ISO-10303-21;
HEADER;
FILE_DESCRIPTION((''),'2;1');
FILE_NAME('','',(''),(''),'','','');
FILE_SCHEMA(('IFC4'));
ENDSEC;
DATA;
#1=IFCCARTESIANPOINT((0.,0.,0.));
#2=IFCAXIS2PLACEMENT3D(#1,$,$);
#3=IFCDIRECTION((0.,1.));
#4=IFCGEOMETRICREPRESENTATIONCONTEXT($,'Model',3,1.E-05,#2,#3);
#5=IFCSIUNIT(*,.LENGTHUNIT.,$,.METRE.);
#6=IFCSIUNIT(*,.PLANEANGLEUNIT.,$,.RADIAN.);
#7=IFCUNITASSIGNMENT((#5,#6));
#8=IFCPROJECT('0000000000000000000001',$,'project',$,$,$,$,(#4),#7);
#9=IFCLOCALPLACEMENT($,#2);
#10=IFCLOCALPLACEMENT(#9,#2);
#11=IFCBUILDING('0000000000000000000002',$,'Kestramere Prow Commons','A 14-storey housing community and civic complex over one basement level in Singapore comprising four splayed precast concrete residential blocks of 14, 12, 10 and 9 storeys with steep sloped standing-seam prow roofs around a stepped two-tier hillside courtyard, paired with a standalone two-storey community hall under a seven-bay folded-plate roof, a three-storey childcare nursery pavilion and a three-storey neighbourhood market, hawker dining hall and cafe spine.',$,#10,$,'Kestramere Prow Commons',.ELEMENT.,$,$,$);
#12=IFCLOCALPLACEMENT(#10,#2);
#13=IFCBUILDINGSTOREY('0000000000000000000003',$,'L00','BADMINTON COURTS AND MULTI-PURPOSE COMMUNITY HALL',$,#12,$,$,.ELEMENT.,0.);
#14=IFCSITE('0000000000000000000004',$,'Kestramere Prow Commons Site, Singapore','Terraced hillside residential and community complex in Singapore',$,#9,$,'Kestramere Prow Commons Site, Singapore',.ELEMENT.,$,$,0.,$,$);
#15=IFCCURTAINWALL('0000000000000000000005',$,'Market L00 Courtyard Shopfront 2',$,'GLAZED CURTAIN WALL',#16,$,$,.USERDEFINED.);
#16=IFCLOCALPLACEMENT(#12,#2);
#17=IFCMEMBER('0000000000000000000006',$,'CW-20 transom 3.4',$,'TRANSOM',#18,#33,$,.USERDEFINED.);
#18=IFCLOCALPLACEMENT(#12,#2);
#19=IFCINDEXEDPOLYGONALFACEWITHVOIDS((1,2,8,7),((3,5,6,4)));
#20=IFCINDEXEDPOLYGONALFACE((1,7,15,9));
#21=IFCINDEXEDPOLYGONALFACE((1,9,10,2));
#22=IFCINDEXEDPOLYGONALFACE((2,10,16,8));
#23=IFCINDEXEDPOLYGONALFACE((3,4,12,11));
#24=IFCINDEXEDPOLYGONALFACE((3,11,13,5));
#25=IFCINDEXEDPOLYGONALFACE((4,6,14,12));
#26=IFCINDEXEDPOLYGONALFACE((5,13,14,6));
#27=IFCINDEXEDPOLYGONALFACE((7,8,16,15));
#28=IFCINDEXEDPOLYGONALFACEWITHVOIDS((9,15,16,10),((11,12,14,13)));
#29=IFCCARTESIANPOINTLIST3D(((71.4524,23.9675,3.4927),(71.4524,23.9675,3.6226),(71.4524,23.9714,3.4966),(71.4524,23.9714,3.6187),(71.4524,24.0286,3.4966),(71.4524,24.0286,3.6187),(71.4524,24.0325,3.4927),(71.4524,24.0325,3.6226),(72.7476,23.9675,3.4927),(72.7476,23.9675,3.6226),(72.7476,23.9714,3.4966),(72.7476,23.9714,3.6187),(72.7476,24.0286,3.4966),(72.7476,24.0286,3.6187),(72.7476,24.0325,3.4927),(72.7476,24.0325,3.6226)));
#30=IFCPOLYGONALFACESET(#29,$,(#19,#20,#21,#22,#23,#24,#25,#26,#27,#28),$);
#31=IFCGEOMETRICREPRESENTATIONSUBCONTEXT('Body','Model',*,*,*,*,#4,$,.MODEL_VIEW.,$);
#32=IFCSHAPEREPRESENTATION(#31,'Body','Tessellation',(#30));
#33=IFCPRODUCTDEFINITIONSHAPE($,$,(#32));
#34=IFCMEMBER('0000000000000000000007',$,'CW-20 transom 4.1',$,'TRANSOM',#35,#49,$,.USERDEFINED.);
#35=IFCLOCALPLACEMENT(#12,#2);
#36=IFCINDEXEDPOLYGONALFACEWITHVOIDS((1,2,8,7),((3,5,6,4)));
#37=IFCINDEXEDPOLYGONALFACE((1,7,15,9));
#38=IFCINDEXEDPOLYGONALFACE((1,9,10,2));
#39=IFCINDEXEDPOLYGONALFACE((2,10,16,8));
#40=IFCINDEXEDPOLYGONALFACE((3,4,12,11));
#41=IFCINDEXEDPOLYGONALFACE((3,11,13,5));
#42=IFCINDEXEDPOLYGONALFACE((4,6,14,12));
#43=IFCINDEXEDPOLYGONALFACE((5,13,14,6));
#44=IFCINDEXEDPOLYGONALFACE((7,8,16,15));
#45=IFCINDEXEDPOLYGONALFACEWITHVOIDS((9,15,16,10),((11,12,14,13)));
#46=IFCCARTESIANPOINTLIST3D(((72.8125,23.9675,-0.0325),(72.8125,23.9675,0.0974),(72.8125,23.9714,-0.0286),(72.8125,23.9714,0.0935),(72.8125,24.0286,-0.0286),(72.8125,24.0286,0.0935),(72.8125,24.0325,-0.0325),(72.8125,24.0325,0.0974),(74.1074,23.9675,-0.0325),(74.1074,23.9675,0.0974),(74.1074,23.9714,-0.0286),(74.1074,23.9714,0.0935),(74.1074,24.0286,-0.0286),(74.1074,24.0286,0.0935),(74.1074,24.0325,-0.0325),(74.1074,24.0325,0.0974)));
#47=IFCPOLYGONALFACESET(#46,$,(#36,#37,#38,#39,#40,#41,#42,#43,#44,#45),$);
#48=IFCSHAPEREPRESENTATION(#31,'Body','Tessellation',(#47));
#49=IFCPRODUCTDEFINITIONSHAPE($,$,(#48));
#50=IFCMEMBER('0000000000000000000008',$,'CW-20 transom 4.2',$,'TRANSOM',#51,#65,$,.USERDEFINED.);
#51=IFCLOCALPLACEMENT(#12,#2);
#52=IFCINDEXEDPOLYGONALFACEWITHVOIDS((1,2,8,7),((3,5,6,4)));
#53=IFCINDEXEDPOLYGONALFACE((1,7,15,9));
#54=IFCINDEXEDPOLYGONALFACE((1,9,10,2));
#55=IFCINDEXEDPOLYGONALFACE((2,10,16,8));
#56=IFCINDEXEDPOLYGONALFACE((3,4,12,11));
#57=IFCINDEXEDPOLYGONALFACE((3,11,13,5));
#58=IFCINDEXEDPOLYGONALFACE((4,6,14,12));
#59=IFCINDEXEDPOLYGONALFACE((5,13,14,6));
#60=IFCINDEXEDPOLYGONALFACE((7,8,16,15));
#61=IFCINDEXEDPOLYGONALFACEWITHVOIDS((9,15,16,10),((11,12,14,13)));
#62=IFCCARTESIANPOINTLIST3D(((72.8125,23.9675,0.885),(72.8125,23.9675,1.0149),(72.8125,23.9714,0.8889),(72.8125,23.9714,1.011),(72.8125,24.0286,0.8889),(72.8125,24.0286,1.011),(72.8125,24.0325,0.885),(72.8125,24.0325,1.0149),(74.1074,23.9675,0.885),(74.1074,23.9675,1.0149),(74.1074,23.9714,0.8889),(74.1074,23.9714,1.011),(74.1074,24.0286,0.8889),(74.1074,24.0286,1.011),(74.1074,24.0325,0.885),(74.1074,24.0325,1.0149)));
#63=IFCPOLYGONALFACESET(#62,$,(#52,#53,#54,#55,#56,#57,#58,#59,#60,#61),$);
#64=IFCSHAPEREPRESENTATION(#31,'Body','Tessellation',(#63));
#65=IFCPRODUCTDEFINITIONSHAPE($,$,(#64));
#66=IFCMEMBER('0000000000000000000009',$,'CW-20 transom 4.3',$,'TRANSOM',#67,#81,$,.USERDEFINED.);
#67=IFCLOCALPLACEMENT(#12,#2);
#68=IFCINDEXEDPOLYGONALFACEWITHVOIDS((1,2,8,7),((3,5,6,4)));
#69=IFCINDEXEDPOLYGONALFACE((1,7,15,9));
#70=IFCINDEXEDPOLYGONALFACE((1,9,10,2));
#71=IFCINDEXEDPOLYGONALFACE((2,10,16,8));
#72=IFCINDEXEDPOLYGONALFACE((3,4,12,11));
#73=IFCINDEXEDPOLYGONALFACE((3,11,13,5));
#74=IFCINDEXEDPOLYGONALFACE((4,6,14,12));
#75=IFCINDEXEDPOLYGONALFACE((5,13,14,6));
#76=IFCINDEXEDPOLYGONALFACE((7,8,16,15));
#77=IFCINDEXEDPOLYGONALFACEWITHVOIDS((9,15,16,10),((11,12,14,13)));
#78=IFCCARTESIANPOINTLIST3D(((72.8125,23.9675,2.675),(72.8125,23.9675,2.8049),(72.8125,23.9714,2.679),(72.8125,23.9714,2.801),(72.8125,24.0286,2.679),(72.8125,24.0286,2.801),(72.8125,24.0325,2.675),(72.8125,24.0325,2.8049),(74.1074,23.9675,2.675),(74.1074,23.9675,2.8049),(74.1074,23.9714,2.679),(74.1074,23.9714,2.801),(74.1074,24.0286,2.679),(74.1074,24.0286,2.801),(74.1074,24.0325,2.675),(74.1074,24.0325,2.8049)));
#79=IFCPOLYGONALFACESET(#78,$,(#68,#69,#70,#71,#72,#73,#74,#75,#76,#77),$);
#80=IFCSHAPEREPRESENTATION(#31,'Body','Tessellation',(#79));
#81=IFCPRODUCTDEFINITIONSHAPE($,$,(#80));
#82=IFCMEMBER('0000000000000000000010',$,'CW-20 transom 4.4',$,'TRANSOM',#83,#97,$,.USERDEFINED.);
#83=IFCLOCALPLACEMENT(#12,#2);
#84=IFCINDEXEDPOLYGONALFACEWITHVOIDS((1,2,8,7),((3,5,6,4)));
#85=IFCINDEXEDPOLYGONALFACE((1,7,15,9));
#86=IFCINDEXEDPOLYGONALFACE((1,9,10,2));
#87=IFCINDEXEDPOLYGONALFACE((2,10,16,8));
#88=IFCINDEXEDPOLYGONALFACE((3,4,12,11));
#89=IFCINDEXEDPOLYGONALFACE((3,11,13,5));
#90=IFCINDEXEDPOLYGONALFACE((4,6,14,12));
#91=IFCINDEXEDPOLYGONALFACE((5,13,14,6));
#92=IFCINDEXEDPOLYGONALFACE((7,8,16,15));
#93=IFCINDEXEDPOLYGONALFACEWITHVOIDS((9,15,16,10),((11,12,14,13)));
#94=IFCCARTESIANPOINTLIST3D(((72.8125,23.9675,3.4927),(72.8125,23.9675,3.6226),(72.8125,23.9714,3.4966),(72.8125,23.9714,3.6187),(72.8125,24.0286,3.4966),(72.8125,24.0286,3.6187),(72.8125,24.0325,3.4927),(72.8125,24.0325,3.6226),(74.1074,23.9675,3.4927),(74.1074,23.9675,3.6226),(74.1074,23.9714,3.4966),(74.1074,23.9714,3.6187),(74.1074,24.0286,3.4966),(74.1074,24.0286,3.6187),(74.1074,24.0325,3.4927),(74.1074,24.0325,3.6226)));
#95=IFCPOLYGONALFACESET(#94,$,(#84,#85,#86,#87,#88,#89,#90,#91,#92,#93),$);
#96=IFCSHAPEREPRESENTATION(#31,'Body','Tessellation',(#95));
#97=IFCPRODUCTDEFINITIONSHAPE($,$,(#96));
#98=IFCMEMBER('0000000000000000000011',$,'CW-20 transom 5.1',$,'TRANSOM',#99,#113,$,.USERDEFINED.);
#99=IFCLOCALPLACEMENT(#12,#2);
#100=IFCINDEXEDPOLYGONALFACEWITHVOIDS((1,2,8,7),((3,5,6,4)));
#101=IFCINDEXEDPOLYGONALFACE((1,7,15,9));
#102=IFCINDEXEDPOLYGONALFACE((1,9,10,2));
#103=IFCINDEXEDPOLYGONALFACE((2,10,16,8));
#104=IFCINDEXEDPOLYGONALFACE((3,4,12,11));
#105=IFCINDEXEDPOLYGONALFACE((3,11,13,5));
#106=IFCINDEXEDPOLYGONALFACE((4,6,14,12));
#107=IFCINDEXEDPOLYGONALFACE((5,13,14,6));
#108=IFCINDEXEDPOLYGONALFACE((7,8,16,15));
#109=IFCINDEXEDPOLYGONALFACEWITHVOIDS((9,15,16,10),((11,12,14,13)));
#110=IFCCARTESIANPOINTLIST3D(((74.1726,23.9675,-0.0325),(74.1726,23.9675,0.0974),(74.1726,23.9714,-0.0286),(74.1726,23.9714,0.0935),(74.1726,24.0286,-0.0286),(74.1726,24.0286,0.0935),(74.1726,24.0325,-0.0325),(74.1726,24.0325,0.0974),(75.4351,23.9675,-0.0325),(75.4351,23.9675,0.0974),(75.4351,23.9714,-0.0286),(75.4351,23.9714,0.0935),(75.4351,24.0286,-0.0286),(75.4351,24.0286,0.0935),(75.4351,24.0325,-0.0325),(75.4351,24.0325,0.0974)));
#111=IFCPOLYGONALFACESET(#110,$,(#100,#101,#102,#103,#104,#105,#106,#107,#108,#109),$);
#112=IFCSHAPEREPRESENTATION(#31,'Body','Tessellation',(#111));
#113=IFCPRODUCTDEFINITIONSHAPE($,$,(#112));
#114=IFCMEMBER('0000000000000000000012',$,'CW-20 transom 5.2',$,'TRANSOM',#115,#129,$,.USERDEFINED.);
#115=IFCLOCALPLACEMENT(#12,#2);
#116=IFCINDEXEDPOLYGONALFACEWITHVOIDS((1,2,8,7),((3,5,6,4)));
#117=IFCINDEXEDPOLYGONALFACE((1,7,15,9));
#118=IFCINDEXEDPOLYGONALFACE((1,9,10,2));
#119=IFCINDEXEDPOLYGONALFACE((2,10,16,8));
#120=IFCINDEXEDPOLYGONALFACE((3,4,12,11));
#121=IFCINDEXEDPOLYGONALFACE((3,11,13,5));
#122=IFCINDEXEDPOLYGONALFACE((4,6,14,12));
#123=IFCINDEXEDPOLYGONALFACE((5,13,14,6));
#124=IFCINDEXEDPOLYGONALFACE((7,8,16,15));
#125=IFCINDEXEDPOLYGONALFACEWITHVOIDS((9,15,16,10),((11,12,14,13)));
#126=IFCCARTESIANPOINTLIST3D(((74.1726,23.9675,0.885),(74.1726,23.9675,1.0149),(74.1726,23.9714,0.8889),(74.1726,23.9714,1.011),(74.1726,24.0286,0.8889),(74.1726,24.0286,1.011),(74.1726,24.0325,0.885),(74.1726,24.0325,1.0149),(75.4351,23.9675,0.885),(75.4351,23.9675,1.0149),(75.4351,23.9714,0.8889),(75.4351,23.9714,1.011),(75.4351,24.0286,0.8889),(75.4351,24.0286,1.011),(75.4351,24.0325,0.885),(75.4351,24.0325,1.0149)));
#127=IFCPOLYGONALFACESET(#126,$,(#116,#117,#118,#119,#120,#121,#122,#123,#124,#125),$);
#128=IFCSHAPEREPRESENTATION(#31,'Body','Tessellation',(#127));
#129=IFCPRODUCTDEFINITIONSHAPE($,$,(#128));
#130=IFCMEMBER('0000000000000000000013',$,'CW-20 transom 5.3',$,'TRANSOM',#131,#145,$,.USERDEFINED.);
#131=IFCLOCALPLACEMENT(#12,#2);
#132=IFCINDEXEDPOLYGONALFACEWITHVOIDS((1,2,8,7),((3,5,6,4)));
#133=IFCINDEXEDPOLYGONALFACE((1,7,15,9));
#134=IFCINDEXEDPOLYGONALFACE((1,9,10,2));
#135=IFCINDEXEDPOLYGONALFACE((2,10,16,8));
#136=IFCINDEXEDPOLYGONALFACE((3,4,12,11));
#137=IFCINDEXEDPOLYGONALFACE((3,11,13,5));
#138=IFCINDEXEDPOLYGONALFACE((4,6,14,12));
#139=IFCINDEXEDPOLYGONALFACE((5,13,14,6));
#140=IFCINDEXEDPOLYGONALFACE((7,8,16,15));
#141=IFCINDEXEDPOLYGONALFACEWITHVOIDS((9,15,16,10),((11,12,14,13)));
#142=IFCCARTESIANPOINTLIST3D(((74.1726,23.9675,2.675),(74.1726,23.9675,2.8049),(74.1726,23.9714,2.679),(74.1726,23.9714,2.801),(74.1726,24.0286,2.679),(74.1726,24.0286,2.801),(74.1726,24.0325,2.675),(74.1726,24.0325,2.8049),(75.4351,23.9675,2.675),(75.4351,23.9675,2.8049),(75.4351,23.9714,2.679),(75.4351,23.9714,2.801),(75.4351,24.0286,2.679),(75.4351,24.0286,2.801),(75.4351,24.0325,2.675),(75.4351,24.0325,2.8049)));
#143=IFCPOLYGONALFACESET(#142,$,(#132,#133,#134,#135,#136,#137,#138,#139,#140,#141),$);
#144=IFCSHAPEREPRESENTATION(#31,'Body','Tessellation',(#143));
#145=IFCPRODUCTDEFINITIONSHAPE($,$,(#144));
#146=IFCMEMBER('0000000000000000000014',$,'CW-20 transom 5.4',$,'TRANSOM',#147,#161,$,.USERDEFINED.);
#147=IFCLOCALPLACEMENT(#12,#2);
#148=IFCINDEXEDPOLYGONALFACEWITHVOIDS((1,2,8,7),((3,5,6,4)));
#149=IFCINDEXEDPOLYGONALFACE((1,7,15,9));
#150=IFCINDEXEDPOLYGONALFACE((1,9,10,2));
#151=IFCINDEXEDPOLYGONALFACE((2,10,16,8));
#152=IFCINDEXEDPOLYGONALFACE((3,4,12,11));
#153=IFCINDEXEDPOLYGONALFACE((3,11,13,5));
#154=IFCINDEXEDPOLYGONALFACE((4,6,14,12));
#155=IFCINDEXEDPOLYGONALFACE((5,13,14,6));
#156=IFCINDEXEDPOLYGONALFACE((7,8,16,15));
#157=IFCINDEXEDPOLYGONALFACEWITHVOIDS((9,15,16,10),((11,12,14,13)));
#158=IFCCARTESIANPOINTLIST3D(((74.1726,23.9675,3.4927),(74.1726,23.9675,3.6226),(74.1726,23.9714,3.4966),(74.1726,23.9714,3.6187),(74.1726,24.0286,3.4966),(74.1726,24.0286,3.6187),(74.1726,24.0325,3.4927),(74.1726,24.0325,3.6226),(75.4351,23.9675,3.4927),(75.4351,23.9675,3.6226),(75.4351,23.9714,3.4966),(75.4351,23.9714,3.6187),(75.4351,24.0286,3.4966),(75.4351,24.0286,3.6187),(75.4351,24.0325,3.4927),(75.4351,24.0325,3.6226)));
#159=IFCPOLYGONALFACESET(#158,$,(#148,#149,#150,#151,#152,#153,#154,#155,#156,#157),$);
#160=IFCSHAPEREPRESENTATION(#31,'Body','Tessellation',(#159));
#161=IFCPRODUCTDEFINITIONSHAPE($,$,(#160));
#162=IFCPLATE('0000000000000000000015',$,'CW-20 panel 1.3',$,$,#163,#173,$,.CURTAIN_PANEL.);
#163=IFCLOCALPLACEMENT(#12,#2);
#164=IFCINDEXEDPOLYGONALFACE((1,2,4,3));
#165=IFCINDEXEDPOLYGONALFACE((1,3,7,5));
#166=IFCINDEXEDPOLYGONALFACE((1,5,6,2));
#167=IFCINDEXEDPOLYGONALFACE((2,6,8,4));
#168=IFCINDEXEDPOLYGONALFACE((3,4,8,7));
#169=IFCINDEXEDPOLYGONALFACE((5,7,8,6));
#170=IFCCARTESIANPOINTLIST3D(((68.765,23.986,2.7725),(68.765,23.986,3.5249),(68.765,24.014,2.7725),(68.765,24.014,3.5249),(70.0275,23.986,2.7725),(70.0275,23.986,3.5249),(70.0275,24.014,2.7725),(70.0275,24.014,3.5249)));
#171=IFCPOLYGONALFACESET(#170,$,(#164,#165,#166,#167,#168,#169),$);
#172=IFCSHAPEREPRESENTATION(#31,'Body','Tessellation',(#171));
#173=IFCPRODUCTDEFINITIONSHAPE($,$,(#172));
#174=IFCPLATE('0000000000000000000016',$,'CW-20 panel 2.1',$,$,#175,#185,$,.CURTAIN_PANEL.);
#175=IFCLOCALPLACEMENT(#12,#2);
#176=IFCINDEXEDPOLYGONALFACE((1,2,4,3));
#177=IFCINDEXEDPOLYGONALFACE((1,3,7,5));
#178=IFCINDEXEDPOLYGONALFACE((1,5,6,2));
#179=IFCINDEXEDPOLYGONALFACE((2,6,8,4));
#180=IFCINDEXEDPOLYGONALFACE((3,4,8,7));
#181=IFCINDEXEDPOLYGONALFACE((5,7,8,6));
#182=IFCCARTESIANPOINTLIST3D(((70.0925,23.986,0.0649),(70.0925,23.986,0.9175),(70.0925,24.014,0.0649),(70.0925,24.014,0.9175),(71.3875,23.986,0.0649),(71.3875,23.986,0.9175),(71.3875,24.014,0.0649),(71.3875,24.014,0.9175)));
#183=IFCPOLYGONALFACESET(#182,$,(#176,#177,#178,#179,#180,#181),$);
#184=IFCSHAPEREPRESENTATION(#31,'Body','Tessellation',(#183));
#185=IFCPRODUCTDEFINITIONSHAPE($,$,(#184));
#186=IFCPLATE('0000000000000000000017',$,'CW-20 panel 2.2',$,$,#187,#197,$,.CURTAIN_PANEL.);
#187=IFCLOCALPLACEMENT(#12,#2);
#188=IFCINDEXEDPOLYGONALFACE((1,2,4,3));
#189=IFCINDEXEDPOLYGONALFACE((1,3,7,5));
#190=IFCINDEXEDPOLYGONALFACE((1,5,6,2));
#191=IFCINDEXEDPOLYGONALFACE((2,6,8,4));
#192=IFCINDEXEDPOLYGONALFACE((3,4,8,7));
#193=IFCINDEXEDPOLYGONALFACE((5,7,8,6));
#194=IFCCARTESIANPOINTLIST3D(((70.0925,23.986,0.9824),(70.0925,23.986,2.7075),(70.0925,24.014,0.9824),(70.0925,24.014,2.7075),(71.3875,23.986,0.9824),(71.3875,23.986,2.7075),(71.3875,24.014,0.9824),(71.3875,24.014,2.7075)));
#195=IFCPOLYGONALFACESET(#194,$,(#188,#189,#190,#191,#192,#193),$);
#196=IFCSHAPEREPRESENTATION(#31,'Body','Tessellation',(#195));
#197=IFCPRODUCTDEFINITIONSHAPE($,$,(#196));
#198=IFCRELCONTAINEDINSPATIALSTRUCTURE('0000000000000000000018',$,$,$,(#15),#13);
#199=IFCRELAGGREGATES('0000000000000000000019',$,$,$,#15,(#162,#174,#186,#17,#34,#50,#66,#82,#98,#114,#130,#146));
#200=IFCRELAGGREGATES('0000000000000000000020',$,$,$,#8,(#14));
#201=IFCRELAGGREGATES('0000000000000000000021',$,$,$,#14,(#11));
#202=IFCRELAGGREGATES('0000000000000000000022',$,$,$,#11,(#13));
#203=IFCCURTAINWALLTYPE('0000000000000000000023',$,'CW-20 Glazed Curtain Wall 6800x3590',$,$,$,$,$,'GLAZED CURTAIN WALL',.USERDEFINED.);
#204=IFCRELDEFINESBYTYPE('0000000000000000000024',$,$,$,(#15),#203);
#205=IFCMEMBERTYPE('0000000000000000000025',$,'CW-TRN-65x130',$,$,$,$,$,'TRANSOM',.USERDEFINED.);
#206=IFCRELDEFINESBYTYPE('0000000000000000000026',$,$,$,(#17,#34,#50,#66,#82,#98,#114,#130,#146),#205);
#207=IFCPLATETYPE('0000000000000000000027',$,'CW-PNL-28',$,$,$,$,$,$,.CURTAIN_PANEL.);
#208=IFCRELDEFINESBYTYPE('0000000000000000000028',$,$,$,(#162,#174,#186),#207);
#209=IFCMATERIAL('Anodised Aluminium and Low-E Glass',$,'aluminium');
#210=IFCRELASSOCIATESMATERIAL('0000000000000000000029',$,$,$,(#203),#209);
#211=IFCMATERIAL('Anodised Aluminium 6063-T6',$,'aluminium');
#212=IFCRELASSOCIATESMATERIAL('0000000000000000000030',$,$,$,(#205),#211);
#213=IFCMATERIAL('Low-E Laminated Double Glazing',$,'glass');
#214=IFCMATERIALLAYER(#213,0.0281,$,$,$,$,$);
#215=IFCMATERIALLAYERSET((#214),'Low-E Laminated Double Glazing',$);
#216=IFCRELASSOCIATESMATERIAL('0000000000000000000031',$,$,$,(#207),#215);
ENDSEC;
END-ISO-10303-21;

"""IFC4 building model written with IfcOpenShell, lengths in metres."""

from ifc_helpers import new_model, si_unit, direction, frame, origin, origin_2d, place, context, subcontext, project, spatial, rectangle, hollow_rectangle, extrude, material, layer, layer_set, material_profile, profile_set, type_object, element, aggregate, save


model = new_model("IFC4")

# Units and contexts
model_context = context("Model", 3, precision=1e-05, world=origin(), true_north=direction((0.0, 1.0)))
body_context = subcontext(model_context, "Body", "Model", "MODEL_VIEW")
ifc_project = project(units=[si_unit("LENGTHUNIT", "METRE"), si_unit("PLANEANGLEUNIT", "RADIAN")], contexts=[model_context])

# Site, building, storey
site_placement = place(None, origin())
site = spatial("IfcSite", under=ifc_project, at=site_placement, Name="Kestramere Prow Commons Site, Singapore", Description="Terraced hillside residential and community complex in Singapore", LongName="Kestramere Prow Commons Site, Singapore", CompositionType="ELEMENT", RefElevation=0.0)
building_placement = place(site_placement, origin())
building = spatial("IfcBuilding", under=site, at=building_placement, Name="Kestramere Prow Commons", Description="A 14-storey housing community and civic complex over one basement level in Singapore comprising four splayed precast concrete residential blocks of 14, 12, 10 and 9 storeys with steep sloped standing-seam prow roofs around a stepped two-tier hillside courtyard, paired with a standalone two-storey community hall under a seven-bay folded-plate roof, a three-storey childcare nursery pavilion and a three-storey neighbourhood market, hawker dining hall and cafe spine.", LongName="Kestramere Prow Commons", CompositionType="ELEMENT")
storey_placement = place(building_placement, origin())
storey = spatial("IfcBuildingStorey", under=building, at=storey_placement, Name="L00", Description="BADMINTON COURTS AND MULTI-PURPOSE COMMUNITY HALL", CompositionType="ELEMENT", Elevation=0.0)

# Curtain wall, members, plates
ifc_material_1 = material(Name="Anodised Aluminium and Low-E Glass", Category="aluminium")
curtain_wall_type = type_object("IfcCurtainWallType", Name="CW-20 Glazed Curtain Wall 6800x3590", ElementType="GLAZED CURTAIN WALL", PredefinedType="USERDEFINED", material=ifc_material_1)
curtain_wall_placement = place(storey_placement, origin())
curtain_wall = element("IfcCurtainWall", 1, at=curtain_wall_placement, inside=storey, type_object=curtain_wall_type, Name="Market L00 Courtyard Shopfront 2", ObjectType="GLAZED CURTAIN WALL", PredefinedType="USERDEFINED")
ifc_material_2 = material(Name="Anodised Aluminium 6063-T6", Category="aluminium")
ifc_material_profile_1 = material_profile(ifc_material_2, hollow_rectangle(XDim=0.0649, YDim=0.1299, WallThickness=0.0039, at=origin_2d()), Name="ALU-TRN 65x130")
ifc_profile_set_1 = profile_set([ifc_material_profile_1], Name="Anodised Aluminium 6063-T6")
member_type_1 = type_object("IfcMemberType", Name="CW-TRN-65x130", ElementType="TRANSOM", PredefinedType="USERDEFINED", material=ifc_profile_set_1)
member_1_placement = place(storey_placement, frame((71.4524, 24.0, 3.5576), z_axis=(1.0, 0.0, 0.0), x_axis=(0.0, 1.0, 0.0)))
member_1 = element("IfcMember", 2, at=member_1_placement, type_object=member_type_1, Name="CW-20 transom 3.4", ObjectType="TRANSOM", PredefinedType="USERDEFINED", context=body_context, shape_type="SweptSolid", body=[
    extrude(hollow_rectangle(XDim=0.0649, YDim=0.1299, WallThickness=0.0039, at=origin_2d()), origin(), (0.0, 0.0, 1.0), 1.2952),
])
member_2_placement = place(storey_placement, frame((72.8125, 24.0, 0.0325), z_axis=(1.0, 0.0, 0.0), x_axis=(0.0, 1.0, 0.0)))
member_2 = element("IfcMember", 3, at=member_2_placement, type_object=member_type_1, Name="CW-20 transom 4.1", ObjectType="TRANSOM", PredefinedType="USERDEFINED", context=body_context, shape_type="SweptSolid", body=[
    extrude(hollow_rectangle(XDim=0.0649, YDim=0.1299, WallThickness=0.0039, at=origin_2d()), origin(), (0.0, 0.0, 1.0), 1.2949),
])
member_3_placement = place(storey_placement, frame((72.8125, 24.0, 0.95), z_axis=(1.0, 0.0, 0.0), x_axis=(0.0, 1.0, 0.0)))
member_3 = element("IfcMember", 4, at=member_3_placement, type_object=member_type_1, Name="CW-20 transom 4.2", ObjectType="TRANSOM", PredefinedType="USERDEFINED", context=body_context, shape_type="SweptSolid", body=[
    extrude(hollow_rectangle(XDim=0.0649, YDim=0.1299, WallThickness=0.0039, at=origin_2d()), origin(), (0.0, 0.0, 1.0), 1.2949),
])
member_4_placement = place(storey_placement, frame((72.8125, 24.0, 2.74), z_axis=(1.0, 0.0, 0.0), x_axis=(0.0, 1.0, 0.0)))
member_4 = element("IfcMember", 5, at=member_4_placement, type_object=member_type_1, Name="CW-20 transom 4.3", ObjectType="TRANSOM", PredefinedType="USERDEFINED", context=body_context, shape_type="SweptSolid", body=[
    extrude(hollow_rectangle(XDim=0.0649, YDim=0.1299, WallThickness=0.0039, at=origin_2d()), origin(), (0.0, 0.0, 1.0), 1.2949),
])
member_5_placement = place(storey_placement, frame((72.8125, 24.0, 3.5576), z_axis=(1.0, 0.0, 0.0), x_axis=(0.0, 1.0, 0.0)))
member_5 = element("IfcMember", 6, at=member_5_placement, type_object=member_type_1, Name="CW-20 transom 4.4", ObjectType="TRANSOM", PredefinedType="USERDEFINED", context=body_context, shape_type="SweptSolid", body=[
    extrude(hollow_rectangle(XDim=0.0649, YDim=0.1299, WallThickness=0.0039, at=origin_2d()), origin(), (0.0, 0.0, 1.0), 1.2949),
])
member_6_placement = place(storey_placement, frame((74.1726, 24.0, 0.0325), z_axis=(1.0, 0.0, 0.0), x_axis=(0.0, 1.0, 0.0)))
member_6 = element("IfcMember", 7, at=member_6_placement, type_object=member_type_1, Name="CW-20 transom 5.1", ObjectType="TRANSOM", PredefinedType="USERDEFINED", context=body_context, shape_type="SweptSolid", body=[
    extrude(hollow_rectangle(XDim=0.0649, YDim=0.1299, WallThickness=0.0039, at=origin_2d()), origin(), (0.0, 0.0, 1.0), 1.2625),
])
member_7_placement = place(storey_placement, frame((74.1726, 24.0, 0.95), z_axis=(1.0, 0.0, 0.0), x_axis=(0.0, 1.0, 0.0)))
member_7 = element("IfcMember", 8, at=member_7_placement, type_object=member_type_1, Name="CW-20 transom 5.2", ObjectType="TRANSOM", PredefinedType="USERDEFINED", context=body_context, shape_type="SweptSolid", body=[
    extrude(hollow_rectangle(XDim=0.0649, YDim=0.1299, WallThickness=0.0039, at=origin_2d()), origin(), (0.0, 0.0, 1.0), 1.2625),
])
member_8_placement = place(storey_placement, frame((74.1726, 24.0, 2.74), z_axis=(1.0, 0.0, 0.0), x_axis=(0.0, 1.0, 0.0)))
member_8 = element("IfcMember", 9, at=member_8_placement, type_object=member_type_1, Name="CW-20 transom 5.3", ObjectType="TRANSOM", PredefinedType="USERDEFINED", context=body_context, shape_type="SweptSolid", body=[
    extrude(hollow_rectangle(XDim=0.0649, YDim=0.1299, WallThickness=0.0039, at=origin_2d()), origin(), (0.0, 0.0, 1.0), 1.2625),
])
member_9_placement = place(storey_placement, frame((74.1726, 24.0, 3.5576), z_axis=(1.0, 0.0, 0.0), x_axis=(0.0, 1.0, 0.0)))
member_9 = element("IfcMember", 10, at=member_9_placement, type_object=member_type_1, Name="CW-20 transom 5.4", ObjectType="TRANSOM", PredefinedType="USERDEFINED", context=body_context, shape_type="SweptSolid", body=[
    extrude(hollow_rectangle(XDim=0.0649, YDim=0.1299, WallThickness=0.0039, at=origin_2d()), origin(), (0.0, 0.0, 1.0), 1.2625),
])
ifc_material_3 = material(Name="Low-E Laminated Double Glazing", Category="glass")
ifc_layer = layer(ifc_material_3, 0.0281)
ifc_layer_set = layer_set([ifc_layer], Name="Low-E Laminated Double Glazing")
plate_type = type_object("IfcPlateType", Name="CW-PNL-28", PredefinedType="CURTAIN_PANEL", material=ifc_layer_set)
plate_1_placement = place(storey_placement, frame((69.3962, 24.0, 2.7725), z_axis=(0.0, 0.0, 1.0), x_axis=(1.0, 0.0, 0.0)))
plate_1 = element("IfcPlate", 11, at=plate_1_placement, type_object=plate_type, Name="CW-20 panel 1.3", PredefinedType="CURTAIN_PANEL", context=body_context, shape_type="SweptSolid", body=[
    extrude(rectangle(XDim=1.2625, YDim=0.0281, at=origin_2d()), origin(), (0.0, 0.0, 1.0), 0.7524),
])
plate_2_placement = place(storey_placement, frame((70.74, 24.0, 0.0649), z_axis=(0.0, 0.0, 1.0), x_axis=(1.0, 0.0, 0.0)))
plate_2 = element("IfcPlate", 12, at=plate_2_placement, type_object=plate_type, Name="CW-20 panel 2.1", PredefinedType="CURTAIN_PANEL", context=body_context, shape_type="SweptSolid", body=[
    extrude(rectangle(XDim=1.2949, YDim=0.0281, at=origin_2d()), origin(), (0.0, 0.0, 1.0), 0.8525),
])
plate_3_placement = place(storey_placement, frame((70.74, 24.0, 0.9824), z_axis=(0.0, 0.0, 1.0), x_axis=(1.0, 0.0, 0.0)))
plate_3 = element("IfcPlate", 13, at=plate_3_placement, type_object=plate_type, Name="CW-20 panel 2.2", PredefinedType="CURTAIN_PANEL", context=body_context, shape_type="SweptSolid", body=[
    extrude(rectangle(XDim=1.2949, YDim=0.0281, at=origin_2d()), origin(), (0.0, 0.0, 1.0), 1.7251),
])
aggregate(curtain_wall, [plate_1, plate_2, plate_3, member_1, member_2, member_3, member_4, member_5, member_6, member_7, member_8, member_9])

save(model, "model.ifc")
